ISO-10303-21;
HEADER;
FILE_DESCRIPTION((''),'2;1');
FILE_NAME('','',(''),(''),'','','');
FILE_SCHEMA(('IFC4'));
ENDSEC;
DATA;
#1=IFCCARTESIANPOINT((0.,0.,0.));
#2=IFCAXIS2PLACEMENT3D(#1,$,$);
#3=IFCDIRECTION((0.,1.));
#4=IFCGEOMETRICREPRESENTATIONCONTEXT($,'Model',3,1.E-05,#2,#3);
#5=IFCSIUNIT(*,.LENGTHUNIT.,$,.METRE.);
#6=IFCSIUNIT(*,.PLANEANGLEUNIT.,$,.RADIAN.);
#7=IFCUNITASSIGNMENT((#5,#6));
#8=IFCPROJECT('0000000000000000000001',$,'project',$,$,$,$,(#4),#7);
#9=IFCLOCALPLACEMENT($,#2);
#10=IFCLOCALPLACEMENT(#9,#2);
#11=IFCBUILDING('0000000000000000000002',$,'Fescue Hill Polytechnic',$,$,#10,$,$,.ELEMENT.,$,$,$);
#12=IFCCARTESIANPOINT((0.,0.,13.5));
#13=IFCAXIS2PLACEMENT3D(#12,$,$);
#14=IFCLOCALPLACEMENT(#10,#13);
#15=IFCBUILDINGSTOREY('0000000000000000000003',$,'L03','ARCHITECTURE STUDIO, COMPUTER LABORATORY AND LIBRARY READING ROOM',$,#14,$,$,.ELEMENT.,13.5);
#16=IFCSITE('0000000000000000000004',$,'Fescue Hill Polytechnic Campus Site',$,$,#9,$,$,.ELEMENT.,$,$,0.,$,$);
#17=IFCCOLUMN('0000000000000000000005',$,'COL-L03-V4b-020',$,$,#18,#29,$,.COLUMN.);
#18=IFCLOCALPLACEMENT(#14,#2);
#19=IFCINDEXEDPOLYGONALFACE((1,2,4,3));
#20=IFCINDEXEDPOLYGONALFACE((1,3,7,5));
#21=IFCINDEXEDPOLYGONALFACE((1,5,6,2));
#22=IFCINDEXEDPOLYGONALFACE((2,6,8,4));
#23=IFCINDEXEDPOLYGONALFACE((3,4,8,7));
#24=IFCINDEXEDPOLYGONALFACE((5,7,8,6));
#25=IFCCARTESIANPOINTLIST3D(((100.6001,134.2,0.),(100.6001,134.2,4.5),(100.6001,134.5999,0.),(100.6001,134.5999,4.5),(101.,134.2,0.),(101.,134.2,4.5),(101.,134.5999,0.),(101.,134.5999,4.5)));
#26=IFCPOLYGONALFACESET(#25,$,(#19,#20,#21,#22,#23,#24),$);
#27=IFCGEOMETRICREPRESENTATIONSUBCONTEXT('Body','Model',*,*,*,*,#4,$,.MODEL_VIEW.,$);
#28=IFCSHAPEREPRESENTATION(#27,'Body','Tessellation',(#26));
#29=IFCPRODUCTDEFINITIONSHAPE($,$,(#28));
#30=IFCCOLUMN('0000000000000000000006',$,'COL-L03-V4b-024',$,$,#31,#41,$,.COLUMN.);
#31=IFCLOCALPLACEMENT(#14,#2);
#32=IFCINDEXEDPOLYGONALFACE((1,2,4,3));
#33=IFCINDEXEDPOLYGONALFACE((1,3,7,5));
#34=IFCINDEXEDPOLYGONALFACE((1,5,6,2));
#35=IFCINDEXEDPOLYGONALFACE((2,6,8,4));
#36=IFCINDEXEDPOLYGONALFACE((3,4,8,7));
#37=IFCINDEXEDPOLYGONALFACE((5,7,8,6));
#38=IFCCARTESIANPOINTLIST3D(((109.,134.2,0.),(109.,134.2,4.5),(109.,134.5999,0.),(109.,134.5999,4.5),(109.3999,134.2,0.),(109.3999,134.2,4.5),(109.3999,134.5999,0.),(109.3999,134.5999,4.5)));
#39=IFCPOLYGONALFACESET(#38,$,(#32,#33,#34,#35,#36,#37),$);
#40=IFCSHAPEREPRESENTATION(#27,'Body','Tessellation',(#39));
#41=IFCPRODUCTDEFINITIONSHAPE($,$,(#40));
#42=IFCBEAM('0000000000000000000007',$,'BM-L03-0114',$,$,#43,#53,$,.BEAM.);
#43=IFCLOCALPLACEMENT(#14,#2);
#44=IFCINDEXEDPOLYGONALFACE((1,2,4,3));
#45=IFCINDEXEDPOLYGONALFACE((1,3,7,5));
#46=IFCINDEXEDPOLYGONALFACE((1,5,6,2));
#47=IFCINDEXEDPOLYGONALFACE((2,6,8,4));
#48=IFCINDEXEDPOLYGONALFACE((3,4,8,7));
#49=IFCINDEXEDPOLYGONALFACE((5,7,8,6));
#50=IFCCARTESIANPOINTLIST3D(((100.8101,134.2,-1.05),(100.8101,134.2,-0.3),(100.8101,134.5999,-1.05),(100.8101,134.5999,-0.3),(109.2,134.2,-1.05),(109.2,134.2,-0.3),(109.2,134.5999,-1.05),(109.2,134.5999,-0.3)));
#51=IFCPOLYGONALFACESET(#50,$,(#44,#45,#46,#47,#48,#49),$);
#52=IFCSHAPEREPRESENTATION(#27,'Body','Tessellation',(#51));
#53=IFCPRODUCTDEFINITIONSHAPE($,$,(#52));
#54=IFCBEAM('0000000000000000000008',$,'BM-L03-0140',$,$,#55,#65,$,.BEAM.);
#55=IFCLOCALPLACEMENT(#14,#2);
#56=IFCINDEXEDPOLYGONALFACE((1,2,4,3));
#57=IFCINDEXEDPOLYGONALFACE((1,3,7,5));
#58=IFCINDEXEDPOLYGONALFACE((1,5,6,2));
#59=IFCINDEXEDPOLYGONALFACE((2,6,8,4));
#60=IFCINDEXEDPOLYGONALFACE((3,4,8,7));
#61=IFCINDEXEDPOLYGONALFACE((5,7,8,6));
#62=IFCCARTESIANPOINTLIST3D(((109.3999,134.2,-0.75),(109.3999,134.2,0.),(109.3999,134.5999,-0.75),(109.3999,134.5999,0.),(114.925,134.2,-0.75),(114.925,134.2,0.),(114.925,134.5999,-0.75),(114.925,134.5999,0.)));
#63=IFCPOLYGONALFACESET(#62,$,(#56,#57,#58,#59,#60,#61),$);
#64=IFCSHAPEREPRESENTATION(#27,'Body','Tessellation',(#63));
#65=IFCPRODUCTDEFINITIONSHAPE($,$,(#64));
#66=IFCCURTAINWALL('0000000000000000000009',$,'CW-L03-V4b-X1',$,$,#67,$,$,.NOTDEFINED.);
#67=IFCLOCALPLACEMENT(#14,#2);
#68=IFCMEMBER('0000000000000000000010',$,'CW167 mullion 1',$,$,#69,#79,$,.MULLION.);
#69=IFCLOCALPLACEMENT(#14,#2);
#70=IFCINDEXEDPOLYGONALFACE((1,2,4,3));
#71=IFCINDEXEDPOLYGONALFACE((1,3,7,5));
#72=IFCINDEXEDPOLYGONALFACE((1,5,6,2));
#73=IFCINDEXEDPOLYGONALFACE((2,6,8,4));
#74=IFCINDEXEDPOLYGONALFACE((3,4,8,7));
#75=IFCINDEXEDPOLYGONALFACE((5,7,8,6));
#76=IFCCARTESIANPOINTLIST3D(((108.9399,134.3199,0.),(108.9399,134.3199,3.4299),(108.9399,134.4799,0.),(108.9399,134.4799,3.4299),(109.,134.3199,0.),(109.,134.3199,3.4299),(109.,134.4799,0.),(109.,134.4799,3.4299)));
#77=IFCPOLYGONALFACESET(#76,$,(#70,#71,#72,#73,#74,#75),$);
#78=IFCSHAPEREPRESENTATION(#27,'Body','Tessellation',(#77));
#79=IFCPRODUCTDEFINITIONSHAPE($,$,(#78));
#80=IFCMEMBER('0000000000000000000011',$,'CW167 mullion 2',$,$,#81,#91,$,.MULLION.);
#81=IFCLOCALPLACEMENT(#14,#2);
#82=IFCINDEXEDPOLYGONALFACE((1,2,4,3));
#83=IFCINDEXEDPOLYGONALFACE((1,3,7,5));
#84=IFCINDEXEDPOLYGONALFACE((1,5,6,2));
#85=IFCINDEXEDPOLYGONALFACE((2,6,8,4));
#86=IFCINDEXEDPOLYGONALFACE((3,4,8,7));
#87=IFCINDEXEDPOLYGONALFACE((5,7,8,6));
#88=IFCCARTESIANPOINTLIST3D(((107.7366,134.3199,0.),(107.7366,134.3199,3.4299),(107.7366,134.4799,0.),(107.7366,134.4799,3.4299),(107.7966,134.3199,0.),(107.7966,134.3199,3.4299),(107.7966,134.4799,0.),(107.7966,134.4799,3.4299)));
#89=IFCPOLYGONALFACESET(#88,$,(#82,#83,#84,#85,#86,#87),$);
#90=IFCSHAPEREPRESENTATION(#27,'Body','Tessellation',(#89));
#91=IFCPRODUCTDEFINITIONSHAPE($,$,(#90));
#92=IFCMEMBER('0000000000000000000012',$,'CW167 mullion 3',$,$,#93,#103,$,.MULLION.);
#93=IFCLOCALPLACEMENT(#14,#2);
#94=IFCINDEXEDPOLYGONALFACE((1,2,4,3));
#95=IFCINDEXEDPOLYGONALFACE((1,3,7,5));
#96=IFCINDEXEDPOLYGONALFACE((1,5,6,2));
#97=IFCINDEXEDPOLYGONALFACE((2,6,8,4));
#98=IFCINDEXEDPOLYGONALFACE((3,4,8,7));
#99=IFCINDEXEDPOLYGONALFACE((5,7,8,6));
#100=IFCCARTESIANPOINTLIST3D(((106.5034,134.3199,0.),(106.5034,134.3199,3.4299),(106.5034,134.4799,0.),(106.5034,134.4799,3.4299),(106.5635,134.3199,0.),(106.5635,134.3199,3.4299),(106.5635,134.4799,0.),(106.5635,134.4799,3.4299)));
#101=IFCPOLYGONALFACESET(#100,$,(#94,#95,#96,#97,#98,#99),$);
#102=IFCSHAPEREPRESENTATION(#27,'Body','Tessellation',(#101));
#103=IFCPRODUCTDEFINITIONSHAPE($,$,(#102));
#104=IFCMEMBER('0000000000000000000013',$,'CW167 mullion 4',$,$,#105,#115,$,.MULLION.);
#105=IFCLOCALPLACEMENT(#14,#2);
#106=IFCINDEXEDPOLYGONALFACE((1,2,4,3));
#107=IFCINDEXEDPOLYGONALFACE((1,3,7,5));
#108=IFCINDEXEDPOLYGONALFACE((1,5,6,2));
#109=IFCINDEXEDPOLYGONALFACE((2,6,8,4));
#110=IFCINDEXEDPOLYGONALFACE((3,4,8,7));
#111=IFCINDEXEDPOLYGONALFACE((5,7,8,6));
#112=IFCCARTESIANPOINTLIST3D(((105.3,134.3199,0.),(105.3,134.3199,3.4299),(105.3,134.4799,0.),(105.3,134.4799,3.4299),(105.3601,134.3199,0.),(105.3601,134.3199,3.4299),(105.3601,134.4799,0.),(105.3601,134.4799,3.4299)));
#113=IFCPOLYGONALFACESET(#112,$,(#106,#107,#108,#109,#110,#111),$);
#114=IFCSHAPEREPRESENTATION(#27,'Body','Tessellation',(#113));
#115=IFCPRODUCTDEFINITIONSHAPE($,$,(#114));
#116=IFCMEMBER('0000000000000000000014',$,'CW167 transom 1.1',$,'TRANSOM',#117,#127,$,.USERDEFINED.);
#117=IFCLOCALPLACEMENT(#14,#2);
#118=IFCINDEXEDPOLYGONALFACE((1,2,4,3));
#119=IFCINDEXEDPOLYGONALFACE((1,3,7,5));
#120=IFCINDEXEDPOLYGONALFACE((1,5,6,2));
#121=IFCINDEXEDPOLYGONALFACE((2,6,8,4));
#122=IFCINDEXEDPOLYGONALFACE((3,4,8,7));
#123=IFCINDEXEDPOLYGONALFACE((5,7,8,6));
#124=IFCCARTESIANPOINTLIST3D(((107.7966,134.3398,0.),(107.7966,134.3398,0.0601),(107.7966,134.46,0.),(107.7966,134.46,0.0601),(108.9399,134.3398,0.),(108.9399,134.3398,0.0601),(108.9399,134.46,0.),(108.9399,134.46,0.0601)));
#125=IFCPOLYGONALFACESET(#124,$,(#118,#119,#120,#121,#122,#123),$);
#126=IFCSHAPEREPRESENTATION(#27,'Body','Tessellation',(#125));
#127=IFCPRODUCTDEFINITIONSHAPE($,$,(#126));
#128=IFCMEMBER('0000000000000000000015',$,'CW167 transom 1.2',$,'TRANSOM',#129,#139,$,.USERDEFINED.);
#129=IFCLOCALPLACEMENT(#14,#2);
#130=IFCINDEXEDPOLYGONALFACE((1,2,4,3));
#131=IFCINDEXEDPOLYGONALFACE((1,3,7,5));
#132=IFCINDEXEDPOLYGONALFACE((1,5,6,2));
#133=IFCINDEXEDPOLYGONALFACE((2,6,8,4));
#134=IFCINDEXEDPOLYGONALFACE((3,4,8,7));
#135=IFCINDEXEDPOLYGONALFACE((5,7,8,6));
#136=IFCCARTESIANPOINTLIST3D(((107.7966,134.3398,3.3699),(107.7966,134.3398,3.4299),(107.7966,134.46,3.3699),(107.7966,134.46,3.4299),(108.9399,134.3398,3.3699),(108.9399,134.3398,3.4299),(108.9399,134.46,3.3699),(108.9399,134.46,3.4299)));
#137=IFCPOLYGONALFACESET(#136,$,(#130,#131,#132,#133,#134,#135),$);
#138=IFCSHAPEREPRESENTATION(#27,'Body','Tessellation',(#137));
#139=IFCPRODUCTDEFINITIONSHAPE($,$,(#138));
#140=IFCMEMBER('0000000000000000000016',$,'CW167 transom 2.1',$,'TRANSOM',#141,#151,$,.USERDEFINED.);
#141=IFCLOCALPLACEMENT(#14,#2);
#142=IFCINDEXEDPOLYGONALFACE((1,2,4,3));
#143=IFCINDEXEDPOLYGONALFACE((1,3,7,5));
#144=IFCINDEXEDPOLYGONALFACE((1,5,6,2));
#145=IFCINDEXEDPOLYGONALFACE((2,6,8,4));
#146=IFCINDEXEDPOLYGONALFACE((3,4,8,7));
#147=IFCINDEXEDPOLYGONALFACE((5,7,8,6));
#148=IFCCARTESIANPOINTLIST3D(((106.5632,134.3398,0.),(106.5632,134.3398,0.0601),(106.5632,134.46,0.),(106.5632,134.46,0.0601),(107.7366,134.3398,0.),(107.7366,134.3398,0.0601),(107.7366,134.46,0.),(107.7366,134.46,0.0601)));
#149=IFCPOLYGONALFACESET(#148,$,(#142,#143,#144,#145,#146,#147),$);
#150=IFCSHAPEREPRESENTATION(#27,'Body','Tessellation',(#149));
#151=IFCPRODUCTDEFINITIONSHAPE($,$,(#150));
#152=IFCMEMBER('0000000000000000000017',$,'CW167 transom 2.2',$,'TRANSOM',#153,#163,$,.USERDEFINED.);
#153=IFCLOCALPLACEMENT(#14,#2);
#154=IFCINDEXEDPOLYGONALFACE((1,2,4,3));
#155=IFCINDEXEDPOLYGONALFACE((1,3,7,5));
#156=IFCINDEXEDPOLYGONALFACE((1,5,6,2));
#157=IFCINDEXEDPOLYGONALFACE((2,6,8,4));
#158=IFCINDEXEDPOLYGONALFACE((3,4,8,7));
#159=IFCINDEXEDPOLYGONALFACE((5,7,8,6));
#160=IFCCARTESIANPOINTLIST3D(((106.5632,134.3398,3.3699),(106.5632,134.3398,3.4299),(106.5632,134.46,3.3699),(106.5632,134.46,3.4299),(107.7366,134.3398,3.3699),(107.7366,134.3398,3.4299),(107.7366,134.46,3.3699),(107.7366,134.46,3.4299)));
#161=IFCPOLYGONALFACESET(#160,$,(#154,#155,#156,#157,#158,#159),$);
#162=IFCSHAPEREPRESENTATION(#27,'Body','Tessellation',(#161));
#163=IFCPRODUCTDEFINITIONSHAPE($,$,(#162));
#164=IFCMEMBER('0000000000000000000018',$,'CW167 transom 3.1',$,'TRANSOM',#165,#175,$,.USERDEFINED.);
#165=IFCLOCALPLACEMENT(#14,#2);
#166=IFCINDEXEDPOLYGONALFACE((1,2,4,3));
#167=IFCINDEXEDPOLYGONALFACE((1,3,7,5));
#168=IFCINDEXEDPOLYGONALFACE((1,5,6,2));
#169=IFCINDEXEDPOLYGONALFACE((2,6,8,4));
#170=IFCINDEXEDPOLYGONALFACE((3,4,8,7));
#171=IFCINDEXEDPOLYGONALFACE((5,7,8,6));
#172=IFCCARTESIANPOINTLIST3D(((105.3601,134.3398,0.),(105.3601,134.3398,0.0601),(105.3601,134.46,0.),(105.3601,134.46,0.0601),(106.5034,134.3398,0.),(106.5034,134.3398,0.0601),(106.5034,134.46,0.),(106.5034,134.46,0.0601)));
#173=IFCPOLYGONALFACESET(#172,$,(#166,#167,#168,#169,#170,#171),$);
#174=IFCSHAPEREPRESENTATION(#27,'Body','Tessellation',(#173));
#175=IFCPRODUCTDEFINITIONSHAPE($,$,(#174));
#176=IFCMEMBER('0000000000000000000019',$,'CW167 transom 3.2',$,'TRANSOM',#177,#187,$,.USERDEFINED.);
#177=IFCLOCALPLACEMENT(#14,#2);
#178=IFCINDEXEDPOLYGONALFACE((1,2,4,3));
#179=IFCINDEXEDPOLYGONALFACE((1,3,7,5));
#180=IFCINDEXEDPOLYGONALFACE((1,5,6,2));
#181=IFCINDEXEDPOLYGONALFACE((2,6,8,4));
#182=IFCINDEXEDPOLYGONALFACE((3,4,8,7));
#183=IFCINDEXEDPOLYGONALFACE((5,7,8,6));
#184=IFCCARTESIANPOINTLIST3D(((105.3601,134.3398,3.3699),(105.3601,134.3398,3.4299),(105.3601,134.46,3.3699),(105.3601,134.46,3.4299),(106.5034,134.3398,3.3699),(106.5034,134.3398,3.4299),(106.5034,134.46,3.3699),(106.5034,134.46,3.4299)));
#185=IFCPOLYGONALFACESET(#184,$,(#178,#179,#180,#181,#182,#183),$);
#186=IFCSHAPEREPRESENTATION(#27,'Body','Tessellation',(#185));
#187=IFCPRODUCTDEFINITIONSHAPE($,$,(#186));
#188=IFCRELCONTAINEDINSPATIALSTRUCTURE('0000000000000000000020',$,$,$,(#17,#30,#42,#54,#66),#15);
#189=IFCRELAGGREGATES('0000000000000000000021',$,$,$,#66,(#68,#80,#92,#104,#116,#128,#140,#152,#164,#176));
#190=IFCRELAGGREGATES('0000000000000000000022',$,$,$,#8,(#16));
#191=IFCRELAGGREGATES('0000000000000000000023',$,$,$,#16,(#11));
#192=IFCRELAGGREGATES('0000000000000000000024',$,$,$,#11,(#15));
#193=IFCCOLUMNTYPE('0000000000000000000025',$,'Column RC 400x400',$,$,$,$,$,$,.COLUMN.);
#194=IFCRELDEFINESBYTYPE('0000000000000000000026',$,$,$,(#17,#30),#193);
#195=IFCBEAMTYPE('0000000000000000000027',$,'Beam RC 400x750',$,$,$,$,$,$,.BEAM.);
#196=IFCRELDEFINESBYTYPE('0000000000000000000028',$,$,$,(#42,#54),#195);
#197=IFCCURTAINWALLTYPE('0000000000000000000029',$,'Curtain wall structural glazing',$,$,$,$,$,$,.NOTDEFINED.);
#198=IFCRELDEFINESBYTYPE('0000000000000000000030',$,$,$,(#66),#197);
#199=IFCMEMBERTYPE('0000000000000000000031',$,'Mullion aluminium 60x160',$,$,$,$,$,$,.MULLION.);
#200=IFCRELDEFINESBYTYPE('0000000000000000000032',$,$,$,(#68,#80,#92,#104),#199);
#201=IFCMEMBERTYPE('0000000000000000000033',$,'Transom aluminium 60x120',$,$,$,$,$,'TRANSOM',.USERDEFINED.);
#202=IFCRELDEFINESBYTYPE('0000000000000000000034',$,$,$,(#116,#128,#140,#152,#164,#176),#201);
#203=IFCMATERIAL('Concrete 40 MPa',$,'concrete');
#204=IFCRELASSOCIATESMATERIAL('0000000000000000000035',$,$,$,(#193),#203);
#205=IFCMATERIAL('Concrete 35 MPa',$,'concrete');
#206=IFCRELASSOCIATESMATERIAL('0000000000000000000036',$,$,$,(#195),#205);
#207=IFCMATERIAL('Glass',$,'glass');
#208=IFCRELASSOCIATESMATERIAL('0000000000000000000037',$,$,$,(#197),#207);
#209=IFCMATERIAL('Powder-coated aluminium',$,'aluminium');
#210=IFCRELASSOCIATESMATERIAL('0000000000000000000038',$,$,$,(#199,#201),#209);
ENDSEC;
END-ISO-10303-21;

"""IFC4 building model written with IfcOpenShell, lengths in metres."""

from ifc_helpers import new_model, si_unit, direction, frame, origin, origin_2d, place, context, subcontext, project, spatial, rectangle, extrude, material, material_profile, profile_set, type_object, element, aggregate, save


model = new_model("IFC4")

# Units and contexts
model_context = context("Model", 3, precision=1e-05, world=origin(), true_north=direction((0.0, 1.0)))
body_context = subcontext(model_context, "Body", "Model", "MODEL_VIEW")
ifc_project = project(units=[si_unit("LENGTHUNIT", "METRE"), si_unit("PLANEANGLEUNIT", "RADIAN")], contexts=[model_context])

# Site, building, storey
site_placement = place(None, origin())
site = spatial("IfcSite", under=ifc_project, at=site_placement, Name="Fescue Hill Polytechnic Campus Site", CompositionType="ELEMENT", RefElevation=0.0)
building_placement = place(site_placement, origin())
building = spatial("IfcBuilding", under=site, at=building_placement, Name="Fescue Hill Polytechnic", CompositionType="ELEMENT")
storey_placement = place(building_placement, frame((0.0, 0.0, 13.5)))
storey = spatial("IfcBuildingStorey", under=building, at=storey_placement, Name="L03", Description="ARCHITECTURE STUDIO, COMPUTER LABORATORY AND LIBRARY READING ROOM", CompositionType="ELEMENT", Elevation=13.5)

# Columns
ifc_material_1 = material(Name="Concrete 40 MPa", Category="concrete")
ifc_material_profile_1 = material_profile(ifc_material_1, rectangle(XDim=0.3999, YDim=0.3999, at=origin_2d()), Name="RC 400x400")
ifc_profile_set_1 = profile_set([ifc_material_profile_1], Name="Concrete 40 MPa")
column_type = type_object("IfcColumnType", Name="Column RC 400x400", PredefinedType="COLUMN", material=ifc_profile_set_1)
for number, where, z_axis, x_axis, name in (
    (1, (100.8, 134.3999, 0.0), (0.0, 0.0, 1.0), (1.0, 0.0, 0.0), "COL-L03-V4b-020"),
    (2, (109.2, 134.3999, 0.0), (0.0, 0.0, 1.0), (1.0, 0.0, 0.0), "COL-L03-V4b-024"),
):
    element("IfcColumn", number, at=place(storey_placement, frame(where, z_axis=z_axis, x_axis=x_axis)), inside=storey, type_object=column_type, Name=name, PredefinedType="COLUMN", context=body_context, shape_type="SweptSolid", body=[
        extrude(rectangle(XDim=0.3999, YDim=0.3999, at=origin_2d()), origin(), (0.0, 0.0, 1.0), 4.5),
    ])

# Beams
ifc_material_2 = material(Name="Concrete 35 MPa", Category="concrete")
ifc_material_profile_2 = material_profile(ifc_material_2, rectangle(XDim=0.3999, YDim=0.75, at=origin_2d()), Name="RC 400x750")
ifc_profile_set_2 = profile_set([ifc_material_profile_2], Name="Concrete 35 MPa")
beam_type = type_object("IfcBeamType", Name="Beam RC 400x750", PredefinedType="BEAM", material=ifc_profile_set_2)
beam_1_placement = place(storey_placement, frame((100.8101, 134.3999, -0.675), z_axis=(1.0, 0.0, 0.0), x_axis=(0.0, 1.0, 0.0)))
element("IfcBeam", 3, at=beam_1_placement, inside=storey, type_object=beam_type, Name="BM-L03-0114", PredefinedType="BEAM", context=body_context, shape_type="SweptSolid", body=[
    extrude(rectangle(XDim=0.3999, YDim=0.75, at=origin_2d()), origin(), (0.0, 0.0, 1.0), 8.3899),
])
beam_2_placement = place(storey_placement, frame((109.3999, 134.3999, -0.375), z_axis=(1.0, 0.0, 0.0), x_axis=(0.0, 1.0, 0.0)))
element("IfcBeam", 4, at=beam_2_placement, inside=storey, type_object=beam_type, Name="BM-L03-0140", PredefinedType="BEAM", context=body_context, shape_type="SweptSolid", body=[
    extrude(rectangle(XDim=0.3999, YDim=0.75, at=origin_2d()), origin(), (0.0, 0.0, 1.0), 5.5251),
])

# Curtain wall, members
ifc_material_3 = material(Name="Glass", Category="glass")
curtain_wall_type = type_object("IfcCurtainWallType", Name="Curtain wall structural glazing", PredefinedType="NOTDEFINED", material=ifc_material_3)
curtain_wall_placement = place(storey_placement, origin())
curtain_wall = element("IfcCurtainWall", 5, at=curtain_wall_placement, inside=storey, type_object=curtain_wall_type, Name="CW-L03-V4b-X1", PredefinedType="NOTDEFINED")
ifc_material_4 = material(Name="Powder-coated aluminium", Category="aluminium")
ifc_material_profile_3 = material_profile(ifc_material_4, rectangle(XDim=0.1599, YDim=0.0601, at=origin_2d()), Name="Mullion aluminium 60x160")
ifc_profile_set_3 = profile_set([ifc_material_profile_3], Name="Powder-coated aluminium")
member_type_1 = type_object("IfcMemberType", Name="Mullion aluminium 60x160", PredefinedType="MULLION", material=ifc_profile_set_3)
member_1_placement = place(storey_placement, frame((108.97, 134.3999, 0.0), z_axis=(0.0, 0.0, 1.0), x_axis=(0.0, -1.0, 0.0)))
member_1 = element("IfcMember", 6, at=member_1_placement, type_object=member_type_1, Name="CW167 mullion 1", PredefinedType="MULLION", context=body_context, shape_type="SweptSolid", body=[
    extrude(rectangle(XDim=0.1599, YDim=0.0601, at=origin_2d()), origin(), (0.0, 0.0, 1.0), 3.4299),
])
member_2_placement = place(storey_placement, frame((107.7666, 134.3999, 0.0), z_axis=(0.0, 0.0, 1.0), x_axis=(0.0, -1.0, 0.0)))
member_2 = element("IfcMember", 7, at=member_2_placement, type_object=member_type_1, Name="CW167 mullion 2", PredefinedType="MULLION", context=body_context, shape_type="SweptSolid", body=[
    extrude(rectangle(XDim=0.1599, YDim=0.0601, at=origin_2d()), origin(), (0.0, 0.0, 1.0), 3.4299),
])
member_3_placement = place(storey_placement, frame((106.5334, 134.3999, 0.0), z_axis=(0.0, 0.0, 1.0), x_axis=(0.0, -1.0, 0.0)))
member_3 = element("IfcMember", 8, at=member_3_placement, type_object=member_type_1, Name="CW167 mullion 3", PredefinedType="MULLION", context=body_context, shape_type="SweptSolid", body=[
    extrude(rectangle(XDim=0.1599, YDim=0.0601, at=origin_2d()), origin(), (0.0, 0.0, 1.0), 3.4299),
])
member_4_placement = place(storey_placement, frame((105.3301, 134.3999, 0.0), z_axis=(0.0, 0.0, 1.0), x_axis=(0.0, -1.0, 0.0)))
member_4 = element("IfcMember", 9, at=member_4_placement, type_object=member_type_1, Name="CW167 mullion 4", PredefinedType="MULLION", context=body_context, shape_type="SweptSolid", body=[
    extrude(rectangle(XDim=0.1599, YDim=0.0601, at=origin_2d()), origin(), (0.0, 0.0, 1.0), 3.4299),
])
ifc_material_profile_4 = material_profile(ifc_material_4, rectangle(XDim=0.1201, YDim=0.0601, at=origin_2d()), Name="Transom aluminium 60x120")
ifc_profile_set_4 = profile_set([ifc_material_profile_4], Name="Powder-coated aluminium")
member_type_2 = type_object("IfcMemberType", Name="Transom aluminium 60x120", ElementType="TRANSOM", PredefinedType="USERDEFINED", material=ifc_profile_set_4)
member_5_placement = place(storey_placement, frame((108.9399, 134.3999, 0.03), z_axis=(-1.0, 0.0, 0.0), x_axis=(0.0, -1.0, 0.0)))
member_5 = element("IfcMember", 10, at=member_5_placement, type_object=member_type_2, Name="CW167 transom 1.1", ObjectType="TRANSOM", PredefinedType="USERDEFINED", context=body_context, shape_type="SweptSolid", body=[
    extrude(rectangle(XDim=0.1201, YDim=0.0601, at=origin_2d()), origin(), (0.0, 0.0, 1.0), 1.1433),
])
member_6_placement = place(storey_placement, frame((108.9399, 134.3999, 3.3999), z_axis=(-1.0, 0.0, 0.0), x_axis=(0.0, -1.0, 0.0)))
member_6 = element("IfcMember", 11, at=member_6_placement, type_object=member_type_2, Name="CW167 transom 1.2", ObjectType="TRANSOM", PredefinedType="USERDEFINED", context=body_context, shape_type="SweptSolid", body=[
    extrude(rectangle(XDim=0.1201, YDim=0.0601, at=origin_2d()), origin(), (0.0, 0.0, 1.0), 1.1433),
])
member_7_placement = place(storey_placement, frame((107.7366, 134.3999, 0.03), z_axis=(-1.0, 0.0, 0.0), x_axis=(0.0, -1.0, 0.0)))
member_7 = element("IfcMember", 12, at=member_7_placement, type_object=member_type_2, Name="CW167 transom 2.1", ObjectType="TRANSOM", PredefinedType="USERDEFINED", context=body_context, shape_type="SweptSolid", body=[
    extrude(rectangle(XDim=0.1201, YDim=0.0601, at=origin_2d()), origin(), (0.0, 0.0, 1.0), 1.1733),
])
member_8_placement = place(storey_placement, frame((107.7366, 134.3999, 3.3999), z_axis=(-1.0, 0.0, 0.0), x_axis=(0.0, -1.0, 0.0)))
member_8 = element("IfcMember", 13, at=member_8_placement, type_object=member_type_2, Name="CW167 transom 2.2", ObjectType="TRANSOM", PredefinedType="USERDEFINED", context=body_context, shape_type="SweptSolid", body=[
    extrude(rectangle(XDim=0.1201, YDim=0.0601, at=origin_2d()), origin(), (0.0, 0.0, 1.0), 1.1733),
])
member_9_placement = place(storey_placement, frame((106.5034, 134.3999, 0.03), z_axis=(-1.0, 0.0, 0.0), x_axis=(0.0, -1.0, 0.0)))
member_9 = element("IfcMember", 14, at=member_9_placement, type_object=member_type_2, Name="CW167 transom 3.1", ObjectType="TRANSOM", PredefinedType="USERDEFINED", context=body_context, shape_type="SweptSolid", body=[
    extrude(rectangle(XDim=0.1201, YDim=0.0601, at=origin_2d()), origin(), (0.0, 0.0, 1.0), 1.1433),
])
member_10_placement = place(storey_placement, frame((106.5034, 134.3999, 3.3999), z_axis=(-1.0, 0.0, 0.0), x_axis=(0.0, -1.0, 0.0)))
member_10 = element("IfcMember", 15, at=member_10_placement, type_object=member_type_2, Name="CW167 transom 3.2", ObjectType="TRANSOM", PredefinedType="USERDEFINED", context=body_context, shape_type="SweptSolid", body=[
    extrude(rectangle(XDim=0.1201, YDim=0.0601, at=origin_2d()), origin(), (0.0, 0.0, 1.0), 1.1433),
])
aggregate(curtain_wall, [member_1, member_2, member_3, member_4, member_5, member_6, member_7, member_8, member_9, member_10])

save(model, "model.ifc")
